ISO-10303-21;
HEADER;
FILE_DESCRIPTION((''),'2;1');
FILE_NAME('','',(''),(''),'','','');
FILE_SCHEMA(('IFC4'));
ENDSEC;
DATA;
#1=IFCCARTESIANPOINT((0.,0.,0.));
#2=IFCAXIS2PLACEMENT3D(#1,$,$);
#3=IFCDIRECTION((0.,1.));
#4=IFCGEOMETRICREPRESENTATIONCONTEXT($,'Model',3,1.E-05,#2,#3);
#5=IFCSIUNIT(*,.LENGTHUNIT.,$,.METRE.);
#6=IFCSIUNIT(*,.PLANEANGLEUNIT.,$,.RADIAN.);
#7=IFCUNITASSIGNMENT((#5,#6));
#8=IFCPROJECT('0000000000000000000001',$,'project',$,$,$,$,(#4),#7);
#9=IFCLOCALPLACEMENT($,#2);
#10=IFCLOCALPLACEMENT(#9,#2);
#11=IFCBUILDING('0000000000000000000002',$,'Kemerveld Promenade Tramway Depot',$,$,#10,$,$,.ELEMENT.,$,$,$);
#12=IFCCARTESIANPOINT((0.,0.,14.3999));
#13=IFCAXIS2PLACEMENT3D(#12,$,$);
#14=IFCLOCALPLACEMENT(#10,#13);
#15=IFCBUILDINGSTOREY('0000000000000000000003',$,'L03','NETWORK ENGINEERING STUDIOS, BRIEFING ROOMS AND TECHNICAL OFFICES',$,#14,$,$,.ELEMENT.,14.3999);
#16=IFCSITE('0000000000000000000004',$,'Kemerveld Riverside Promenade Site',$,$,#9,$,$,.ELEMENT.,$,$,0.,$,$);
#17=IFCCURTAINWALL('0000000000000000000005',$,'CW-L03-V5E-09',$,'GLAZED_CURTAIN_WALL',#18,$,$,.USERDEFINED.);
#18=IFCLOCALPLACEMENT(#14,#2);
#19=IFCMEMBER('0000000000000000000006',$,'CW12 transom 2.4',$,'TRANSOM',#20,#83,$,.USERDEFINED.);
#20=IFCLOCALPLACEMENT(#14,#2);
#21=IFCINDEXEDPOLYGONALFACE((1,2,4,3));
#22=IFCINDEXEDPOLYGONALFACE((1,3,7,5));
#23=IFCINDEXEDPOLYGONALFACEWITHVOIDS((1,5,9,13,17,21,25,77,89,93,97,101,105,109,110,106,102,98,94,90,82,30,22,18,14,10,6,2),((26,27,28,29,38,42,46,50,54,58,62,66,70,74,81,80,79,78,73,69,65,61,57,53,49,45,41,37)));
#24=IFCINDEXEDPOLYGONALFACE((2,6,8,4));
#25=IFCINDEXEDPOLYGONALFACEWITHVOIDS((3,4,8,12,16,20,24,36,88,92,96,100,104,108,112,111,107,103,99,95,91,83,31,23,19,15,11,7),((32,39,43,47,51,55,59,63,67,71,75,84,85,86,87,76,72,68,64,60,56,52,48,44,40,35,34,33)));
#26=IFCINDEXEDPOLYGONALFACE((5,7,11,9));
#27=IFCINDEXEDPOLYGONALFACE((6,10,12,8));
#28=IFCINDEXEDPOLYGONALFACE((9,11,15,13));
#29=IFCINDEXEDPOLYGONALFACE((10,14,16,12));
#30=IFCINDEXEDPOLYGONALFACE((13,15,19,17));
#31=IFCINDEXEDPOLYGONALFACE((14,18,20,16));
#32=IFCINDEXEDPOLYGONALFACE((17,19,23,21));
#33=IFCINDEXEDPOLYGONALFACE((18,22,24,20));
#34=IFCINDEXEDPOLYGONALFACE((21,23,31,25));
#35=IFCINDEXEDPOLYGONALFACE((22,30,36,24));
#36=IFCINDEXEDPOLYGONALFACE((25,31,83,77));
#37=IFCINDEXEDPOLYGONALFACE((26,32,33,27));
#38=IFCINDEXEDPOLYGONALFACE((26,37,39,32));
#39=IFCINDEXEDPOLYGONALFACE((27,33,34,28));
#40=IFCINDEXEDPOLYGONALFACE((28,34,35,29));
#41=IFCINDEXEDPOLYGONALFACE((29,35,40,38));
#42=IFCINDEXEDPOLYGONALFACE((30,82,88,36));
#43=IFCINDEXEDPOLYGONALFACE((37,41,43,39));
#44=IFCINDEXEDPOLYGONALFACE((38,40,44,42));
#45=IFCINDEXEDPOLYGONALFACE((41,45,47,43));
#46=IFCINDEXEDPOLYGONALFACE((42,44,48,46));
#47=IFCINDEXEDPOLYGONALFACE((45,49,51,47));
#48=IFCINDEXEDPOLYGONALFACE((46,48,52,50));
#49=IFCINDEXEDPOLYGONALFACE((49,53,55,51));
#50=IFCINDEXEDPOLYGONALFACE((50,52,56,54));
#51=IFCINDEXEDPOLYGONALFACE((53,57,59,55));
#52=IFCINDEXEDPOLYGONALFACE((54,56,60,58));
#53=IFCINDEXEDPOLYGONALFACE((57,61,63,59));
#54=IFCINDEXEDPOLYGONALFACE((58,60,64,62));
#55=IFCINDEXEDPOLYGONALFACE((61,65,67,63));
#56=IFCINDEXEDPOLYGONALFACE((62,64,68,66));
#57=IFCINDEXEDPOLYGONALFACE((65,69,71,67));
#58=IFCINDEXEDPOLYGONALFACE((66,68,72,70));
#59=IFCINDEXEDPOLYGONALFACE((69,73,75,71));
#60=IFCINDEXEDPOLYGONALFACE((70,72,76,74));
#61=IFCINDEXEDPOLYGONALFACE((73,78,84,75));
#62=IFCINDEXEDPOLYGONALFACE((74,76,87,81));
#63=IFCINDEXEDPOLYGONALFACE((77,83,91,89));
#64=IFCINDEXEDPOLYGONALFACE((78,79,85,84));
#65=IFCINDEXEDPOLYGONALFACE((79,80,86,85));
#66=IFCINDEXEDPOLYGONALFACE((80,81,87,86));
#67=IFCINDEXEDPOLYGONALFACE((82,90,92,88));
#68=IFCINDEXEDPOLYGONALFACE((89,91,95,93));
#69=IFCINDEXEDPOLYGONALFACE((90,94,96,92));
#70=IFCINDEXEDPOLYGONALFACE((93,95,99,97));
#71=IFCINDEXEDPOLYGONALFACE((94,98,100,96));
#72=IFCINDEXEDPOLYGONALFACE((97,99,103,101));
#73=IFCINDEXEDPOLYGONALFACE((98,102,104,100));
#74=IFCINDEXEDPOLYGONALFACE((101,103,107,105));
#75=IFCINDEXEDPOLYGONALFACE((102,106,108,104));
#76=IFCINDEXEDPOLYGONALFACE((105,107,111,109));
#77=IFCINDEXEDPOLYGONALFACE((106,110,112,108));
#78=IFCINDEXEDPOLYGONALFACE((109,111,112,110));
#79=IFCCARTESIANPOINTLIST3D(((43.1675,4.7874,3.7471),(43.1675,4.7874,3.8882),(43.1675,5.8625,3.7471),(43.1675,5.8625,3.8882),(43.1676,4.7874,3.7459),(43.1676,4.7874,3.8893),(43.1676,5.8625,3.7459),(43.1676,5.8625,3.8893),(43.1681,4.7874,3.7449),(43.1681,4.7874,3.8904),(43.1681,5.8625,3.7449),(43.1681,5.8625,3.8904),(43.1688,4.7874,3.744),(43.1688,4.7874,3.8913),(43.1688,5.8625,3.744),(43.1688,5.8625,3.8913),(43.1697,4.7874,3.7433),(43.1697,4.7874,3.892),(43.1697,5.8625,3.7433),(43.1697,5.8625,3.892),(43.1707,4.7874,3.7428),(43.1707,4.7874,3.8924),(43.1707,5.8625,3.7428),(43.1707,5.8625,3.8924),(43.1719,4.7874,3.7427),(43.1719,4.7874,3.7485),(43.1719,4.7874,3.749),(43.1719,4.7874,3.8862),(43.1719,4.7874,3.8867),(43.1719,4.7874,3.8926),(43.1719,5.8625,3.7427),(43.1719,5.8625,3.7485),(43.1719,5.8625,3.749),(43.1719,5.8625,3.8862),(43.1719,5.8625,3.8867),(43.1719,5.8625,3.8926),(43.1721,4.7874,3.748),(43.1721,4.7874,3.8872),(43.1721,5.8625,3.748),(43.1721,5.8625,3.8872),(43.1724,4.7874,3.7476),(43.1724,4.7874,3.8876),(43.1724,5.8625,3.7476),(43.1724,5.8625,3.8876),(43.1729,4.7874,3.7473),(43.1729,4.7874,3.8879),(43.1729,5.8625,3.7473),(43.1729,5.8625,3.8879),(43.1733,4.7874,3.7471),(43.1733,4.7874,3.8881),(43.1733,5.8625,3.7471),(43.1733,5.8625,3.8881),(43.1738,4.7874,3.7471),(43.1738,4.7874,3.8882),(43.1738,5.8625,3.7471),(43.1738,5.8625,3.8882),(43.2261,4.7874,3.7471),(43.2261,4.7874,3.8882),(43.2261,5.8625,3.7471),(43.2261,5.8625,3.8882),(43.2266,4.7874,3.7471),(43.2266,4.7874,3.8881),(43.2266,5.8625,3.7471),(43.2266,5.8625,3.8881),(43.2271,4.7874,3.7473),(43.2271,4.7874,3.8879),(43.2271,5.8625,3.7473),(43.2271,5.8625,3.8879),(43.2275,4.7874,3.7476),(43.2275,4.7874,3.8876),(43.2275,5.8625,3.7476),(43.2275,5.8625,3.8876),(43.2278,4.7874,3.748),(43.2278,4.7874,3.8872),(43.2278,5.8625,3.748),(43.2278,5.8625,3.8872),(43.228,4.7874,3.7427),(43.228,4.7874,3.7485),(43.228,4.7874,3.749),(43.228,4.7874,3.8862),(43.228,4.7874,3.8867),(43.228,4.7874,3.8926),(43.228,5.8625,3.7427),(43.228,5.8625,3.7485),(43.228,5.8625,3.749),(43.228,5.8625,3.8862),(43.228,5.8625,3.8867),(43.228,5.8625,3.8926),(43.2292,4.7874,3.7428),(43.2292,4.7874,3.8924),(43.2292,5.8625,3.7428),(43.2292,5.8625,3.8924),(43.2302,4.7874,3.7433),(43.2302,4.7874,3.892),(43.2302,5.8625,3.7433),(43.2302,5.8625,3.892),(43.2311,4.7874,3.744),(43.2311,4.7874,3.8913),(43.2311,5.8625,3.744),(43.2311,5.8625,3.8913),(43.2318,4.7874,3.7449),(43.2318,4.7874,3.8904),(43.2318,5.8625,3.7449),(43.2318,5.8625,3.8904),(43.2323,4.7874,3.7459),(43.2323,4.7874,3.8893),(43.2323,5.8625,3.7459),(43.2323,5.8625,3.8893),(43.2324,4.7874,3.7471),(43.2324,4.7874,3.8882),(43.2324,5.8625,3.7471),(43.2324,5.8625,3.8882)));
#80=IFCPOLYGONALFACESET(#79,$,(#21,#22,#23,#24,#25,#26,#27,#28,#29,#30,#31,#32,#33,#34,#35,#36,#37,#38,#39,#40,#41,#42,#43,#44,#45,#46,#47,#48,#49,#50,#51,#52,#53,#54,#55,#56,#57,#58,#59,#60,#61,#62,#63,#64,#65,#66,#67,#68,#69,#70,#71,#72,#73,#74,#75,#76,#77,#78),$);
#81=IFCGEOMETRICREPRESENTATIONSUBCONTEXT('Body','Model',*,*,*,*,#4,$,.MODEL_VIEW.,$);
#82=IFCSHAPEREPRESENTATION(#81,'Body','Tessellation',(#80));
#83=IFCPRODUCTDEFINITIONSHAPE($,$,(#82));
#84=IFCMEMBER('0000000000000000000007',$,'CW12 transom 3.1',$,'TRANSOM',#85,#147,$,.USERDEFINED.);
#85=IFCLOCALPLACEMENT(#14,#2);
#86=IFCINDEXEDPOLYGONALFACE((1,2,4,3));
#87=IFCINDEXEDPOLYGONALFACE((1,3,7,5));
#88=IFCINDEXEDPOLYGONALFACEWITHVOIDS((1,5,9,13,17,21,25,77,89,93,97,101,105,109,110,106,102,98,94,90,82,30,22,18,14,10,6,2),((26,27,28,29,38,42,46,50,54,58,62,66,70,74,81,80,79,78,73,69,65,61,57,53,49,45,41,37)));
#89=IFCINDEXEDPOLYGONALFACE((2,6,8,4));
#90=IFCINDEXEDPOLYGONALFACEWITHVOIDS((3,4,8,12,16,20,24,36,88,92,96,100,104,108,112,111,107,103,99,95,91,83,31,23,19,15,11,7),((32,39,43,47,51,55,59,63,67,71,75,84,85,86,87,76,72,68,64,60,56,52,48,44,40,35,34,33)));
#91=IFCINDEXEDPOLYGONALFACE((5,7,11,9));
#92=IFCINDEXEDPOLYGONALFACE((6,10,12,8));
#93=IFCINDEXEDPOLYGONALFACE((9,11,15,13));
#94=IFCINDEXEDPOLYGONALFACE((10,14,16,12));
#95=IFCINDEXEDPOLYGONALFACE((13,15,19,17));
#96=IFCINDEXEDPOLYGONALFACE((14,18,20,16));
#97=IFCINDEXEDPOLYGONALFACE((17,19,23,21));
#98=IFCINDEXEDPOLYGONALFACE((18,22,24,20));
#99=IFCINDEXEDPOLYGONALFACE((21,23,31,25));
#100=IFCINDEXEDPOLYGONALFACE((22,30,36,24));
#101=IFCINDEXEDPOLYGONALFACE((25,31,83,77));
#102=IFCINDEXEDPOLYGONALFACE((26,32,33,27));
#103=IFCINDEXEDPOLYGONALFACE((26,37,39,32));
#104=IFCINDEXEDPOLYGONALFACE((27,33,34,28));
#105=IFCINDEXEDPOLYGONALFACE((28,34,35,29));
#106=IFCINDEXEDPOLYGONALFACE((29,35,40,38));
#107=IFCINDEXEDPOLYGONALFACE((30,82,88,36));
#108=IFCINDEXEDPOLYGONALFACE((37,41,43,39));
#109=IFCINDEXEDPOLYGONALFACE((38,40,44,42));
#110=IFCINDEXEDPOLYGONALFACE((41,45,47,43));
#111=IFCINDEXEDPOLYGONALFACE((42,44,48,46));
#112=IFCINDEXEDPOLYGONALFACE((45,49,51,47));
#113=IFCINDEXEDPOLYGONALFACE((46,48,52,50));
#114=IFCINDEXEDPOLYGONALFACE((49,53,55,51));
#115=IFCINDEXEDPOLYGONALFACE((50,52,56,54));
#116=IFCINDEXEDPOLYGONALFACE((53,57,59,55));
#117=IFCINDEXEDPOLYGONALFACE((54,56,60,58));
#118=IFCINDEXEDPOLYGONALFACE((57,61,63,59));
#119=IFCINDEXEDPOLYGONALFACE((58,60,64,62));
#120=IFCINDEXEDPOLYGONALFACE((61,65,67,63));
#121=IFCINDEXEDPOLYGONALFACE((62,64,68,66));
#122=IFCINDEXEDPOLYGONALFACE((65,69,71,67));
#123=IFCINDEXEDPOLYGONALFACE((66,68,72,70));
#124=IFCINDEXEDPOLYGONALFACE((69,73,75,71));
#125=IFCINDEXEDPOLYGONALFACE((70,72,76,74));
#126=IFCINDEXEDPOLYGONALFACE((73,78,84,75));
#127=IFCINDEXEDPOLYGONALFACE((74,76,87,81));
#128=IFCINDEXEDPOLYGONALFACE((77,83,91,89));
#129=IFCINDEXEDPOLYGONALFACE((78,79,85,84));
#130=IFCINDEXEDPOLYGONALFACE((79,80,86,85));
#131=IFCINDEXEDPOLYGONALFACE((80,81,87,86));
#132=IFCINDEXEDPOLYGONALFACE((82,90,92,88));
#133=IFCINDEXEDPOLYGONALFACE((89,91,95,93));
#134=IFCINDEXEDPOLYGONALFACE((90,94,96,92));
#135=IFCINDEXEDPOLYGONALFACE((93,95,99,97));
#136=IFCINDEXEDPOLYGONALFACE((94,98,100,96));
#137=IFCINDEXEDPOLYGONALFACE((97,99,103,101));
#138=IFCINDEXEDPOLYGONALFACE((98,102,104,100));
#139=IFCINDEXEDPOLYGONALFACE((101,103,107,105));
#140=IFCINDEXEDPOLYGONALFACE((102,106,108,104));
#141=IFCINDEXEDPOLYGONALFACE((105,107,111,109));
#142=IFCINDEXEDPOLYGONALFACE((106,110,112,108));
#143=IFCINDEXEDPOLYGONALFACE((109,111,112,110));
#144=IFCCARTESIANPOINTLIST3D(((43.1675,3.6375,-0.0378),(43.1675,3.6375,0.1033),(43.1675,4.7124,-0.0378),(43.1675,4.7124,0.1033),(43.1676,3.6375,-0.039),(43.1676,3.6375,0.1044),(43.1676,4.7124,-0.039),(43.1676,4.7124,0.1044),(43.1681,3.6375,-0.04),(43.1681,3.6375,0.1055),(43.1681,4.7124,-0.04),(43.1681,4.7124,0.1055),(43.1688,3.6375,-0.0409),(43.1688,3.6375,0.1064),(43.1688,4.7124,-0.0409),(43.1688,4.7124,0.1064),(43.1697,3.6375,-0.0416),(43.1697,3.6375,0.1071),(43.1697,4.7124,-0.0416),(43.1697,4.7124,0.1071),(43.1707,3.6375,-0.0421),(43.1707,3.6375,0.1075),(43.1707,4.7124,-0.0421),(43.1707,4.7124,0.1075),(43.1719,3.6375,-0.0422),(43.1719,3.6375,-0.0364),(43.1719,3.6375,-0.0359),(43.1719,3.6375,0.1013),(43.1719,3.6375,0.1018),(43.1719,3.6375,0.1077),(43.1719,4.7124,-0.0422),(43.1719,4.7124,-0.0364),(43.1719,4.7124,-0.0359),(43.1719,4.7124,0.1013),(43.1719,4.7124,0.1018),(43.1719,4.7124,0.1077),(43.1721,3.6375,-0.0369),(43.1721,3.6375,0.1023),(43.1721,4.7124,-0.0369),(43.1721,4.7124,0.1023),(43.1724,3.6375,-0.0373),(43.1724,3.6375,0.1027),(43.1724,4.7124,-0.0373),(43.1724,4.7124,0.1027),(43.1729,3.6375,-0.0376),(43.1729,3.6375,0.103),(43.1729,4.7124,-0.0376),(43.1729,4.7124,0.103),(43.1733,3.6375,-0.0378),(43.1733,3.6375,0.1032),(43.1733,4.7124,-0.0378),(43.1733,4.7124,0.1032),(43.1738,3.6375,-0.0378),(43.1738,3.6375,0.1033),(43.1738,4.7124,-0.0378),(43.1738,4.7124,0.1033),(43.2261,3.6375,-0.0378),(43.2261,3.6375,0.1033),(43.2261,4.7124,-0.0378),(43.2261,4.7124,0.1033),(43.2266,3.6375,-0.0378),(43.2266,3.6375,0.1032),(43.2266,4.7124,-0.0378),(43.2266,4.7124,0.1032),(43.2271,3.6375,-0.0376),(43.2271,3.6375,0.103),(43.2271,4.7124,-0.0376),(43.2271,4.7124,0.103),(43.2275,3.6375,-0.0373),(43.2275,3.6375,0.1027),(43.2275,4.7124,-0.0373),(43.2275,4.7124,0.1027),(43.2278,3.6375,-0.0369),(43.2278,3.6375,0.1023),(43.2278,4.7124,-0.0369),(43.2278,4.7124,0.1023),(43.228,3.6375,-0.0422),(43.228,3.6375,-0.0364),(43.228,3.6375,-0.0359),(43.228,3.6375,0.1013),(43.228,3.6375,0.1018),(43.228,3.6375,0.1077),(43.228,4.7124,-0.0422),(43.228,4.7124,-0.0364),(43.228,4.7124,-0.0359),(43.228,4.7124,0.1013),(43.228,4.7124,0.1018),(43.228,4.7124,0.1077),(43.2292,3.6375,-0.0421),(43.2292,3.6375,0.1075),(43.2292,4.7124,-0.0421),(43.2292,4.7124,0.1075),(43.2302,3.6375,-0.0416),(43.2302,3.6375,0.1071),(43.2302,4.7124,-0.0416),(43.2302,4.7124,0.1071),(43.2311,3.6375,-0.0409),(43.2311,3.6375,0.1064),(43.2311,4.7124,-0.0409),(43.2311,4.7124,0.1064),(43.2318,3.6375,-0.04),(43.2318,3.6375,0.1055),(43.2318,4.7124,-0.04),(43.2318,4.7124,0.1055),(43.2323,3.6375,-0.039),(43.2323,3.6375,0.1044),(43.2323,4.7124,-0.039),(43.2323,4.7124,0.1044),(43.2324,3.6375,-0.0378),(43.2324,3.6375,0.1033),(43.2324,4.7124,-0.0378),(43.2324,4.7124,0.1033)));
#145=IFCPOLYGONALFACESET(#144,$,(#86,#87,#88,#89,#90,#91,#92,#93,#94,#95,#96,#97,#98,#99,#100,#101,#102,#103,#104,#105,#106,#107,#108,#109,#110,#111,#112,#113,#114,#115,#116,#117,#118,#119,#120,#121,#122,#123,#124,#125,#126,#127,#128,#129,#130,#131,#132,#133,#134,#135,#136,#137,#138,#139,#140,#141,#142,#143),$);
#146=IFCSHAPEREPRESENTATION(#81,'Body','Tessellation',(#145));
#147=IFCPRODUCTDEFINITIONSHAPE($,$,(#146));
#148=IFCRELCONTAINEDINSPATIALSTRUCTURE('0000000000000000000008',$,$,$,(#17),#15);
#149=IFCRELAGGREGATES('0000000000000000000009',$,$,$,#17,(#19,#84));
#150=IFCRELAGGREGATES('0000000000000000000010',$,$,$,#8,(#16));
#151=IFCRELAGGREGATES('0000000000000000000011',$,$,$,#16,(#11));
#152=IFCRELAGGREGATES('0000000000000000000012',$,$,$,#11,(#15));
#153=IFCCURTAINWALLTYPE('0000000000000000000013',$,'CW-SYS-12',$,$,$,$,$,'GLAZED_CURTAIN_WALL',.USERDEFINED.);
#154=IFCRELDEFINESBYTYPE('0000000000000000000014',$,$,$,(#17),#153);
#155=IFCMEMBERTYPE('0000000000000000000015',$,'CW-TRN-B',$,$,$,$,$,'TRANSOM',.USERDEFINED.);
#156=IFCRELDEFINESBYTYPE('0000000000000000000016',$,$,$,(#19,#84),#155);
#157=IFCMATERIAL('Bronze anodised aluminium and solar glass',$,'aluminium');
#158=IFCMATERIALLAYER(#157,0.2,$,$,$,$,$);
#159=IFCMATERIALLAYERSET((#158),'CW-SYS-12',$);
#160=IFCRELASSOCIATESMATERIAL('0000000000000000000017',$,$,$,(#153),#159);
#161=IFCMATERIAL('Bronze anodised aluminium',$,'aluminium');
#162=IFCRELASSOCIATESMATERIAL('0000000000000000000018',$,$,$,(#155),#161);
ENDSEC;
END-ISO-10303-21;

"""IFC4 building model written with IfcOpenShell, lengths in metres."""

from ifc_helpers import new_model, si_unit, direction, frame, origin, origin_2d, place, context, subcontext, project, spatial, hollow_rectangle, extrude, material, layer, layer_set, material_profile, profile_set, type_object, element, aggregate, save


model = new_model("IFC4")

# Units and contexts
model_context = context("Model", 3, precision=1e-05, world=origin(), true_north=direction((0.0, 1.0)))
body_context = subcontext(model_context, "Body", "Model", "MODEL_VIEW")
ifc_project = project(units=[si_unit("LENGTHUNIT", "METRE"), si_unit("PLANEANGLEUNIT", "RADIAN")], contexts=[model_context])

# Site, building, storey
site_placement = place(None, origin())
site = spatial("IfcSite", under=ifc_project, at=site_placement, Name="Kemerveld Riverside Promenade Site", CompositionType="ELEMENT", RefElevation=0.0)
building_placement = place(site_placement, origin())
building = spatial("IfcBuilding", under=site, at=building_placement, Name="Kemerveld Promenade Tramway Depot", CompositionType="ELEMENT")
storey_placement = place(building_placement, frame((0.0, 0.0, 14.3999)))
storey = spatial("IfcBuildingStorey", under=building, at=storey_placement, Name="L03", Description="NETWORK ENGINEERING STUDIOS, BRIEFING ROOMS AND TECHNICAL OFFICES", CompositionType="ELEMENT", Elevation=14.3999)

# Curtain wall, members
ifc_material_1 = material(Name="Bronze anodised aluminium and solar glass", Category="aluminium")
ifc_layer_1 = layer(ifc_material_1, 0.2)
ifc_layer_set_1 = layer_set([ifc_layer_1], Name="CW-SYS-12")
curtain_wall_type = type_object("IfcCurtainWallType", Name="CW-SYS-12", ElementType="GLAZED_CURTAIN_WALL", PredefinedType="USERDEFINED", material=ifc_layer_set_1)
curtain_wall_placement = place(storey_placement, origin())
curtain_wall = element("IfcCurtainWall", 1, at=curtain_wall_placement, inside=storey, type_object=curtain_wall_type, Name="CW-L03-V5E-09", ObjectType="GLAZED_CURTAIN_WALL", PredefinedType="USERDEFINED")
ifc_material_2 = material(Name="Bronze anodised aluminium", Category="aluminium")
ifc_material_profile_1 = material_profile(ifc_material_2, hollow_rectangle(XDim=0.0649, YDim=0.1499, WallThickness=0.0044, InnerFilletRadius=0.002, OuterFilletRadius=0.0044, at=origin_2d()), Name="CW-TRN-150x65")
ifc_profile_set_1 = profile_set([ifc_material_profile_1], Name="Bronze anodised aluminium")
member_type_1 = type_object("IfcMemberType", Name="CW-TRN-B", ElementType="TRANSOM", PredefinedType="USERDEFINED", material=ifc_profile_set_1)
member_1_placement = place(storey_placement, frame((43.2, 5.8625, 3.8176), z_axis=(0.0, -1.0, 0.0), x_axis=(1.0, 0.0, 0.0)))
member_1 = element("IfcMember", 2, at=member_1_placement, type_object=member_type_1, Name="CW12 transom 2.4", ObjectType="TRANSOM", PredefinedType="USERDEFINED", context=body_context, shape_type="SweptSolid", body=[
    extrude(hollow_rectangle(XDim=0.0649, YDim=0.1499, WallThickness=0.0044, InnerFilletRadius=0.002, OuterFilletRadius=0.0044, at=origin_2d()), origin(), (0.0, 0.0, 1.0), 1.0752),
])
member_2_placement = place(storey_placement, frame((43.2, 4.7124, 0.0327), z_axis=(0.0, -1.0, 0.0), x_axis=(1.0, 0.0, 0.0)))
member_2 = element("IfcMember", 3, at=member_2_placement, type_object=member_type_1, Name="CW12 transom 3.1", ObjectType="TRANSOM", PredefinedType="USERDEFINED", context=body_context, shape_type="SweptSolid", body=[
    extrude(hollow_rectangle(XDim=0.0649, YDim=0.1499, WallThickness=0.0044, InnerFilletRadius=0.002, OuterFilletRadius=0.0044, at=origin_2d()), origin(), (0.0, 0.0, 1.0), 1.075),
])
aggregate(curtain_wall, [member_1, member_2])

save(model, "model.ifc")
